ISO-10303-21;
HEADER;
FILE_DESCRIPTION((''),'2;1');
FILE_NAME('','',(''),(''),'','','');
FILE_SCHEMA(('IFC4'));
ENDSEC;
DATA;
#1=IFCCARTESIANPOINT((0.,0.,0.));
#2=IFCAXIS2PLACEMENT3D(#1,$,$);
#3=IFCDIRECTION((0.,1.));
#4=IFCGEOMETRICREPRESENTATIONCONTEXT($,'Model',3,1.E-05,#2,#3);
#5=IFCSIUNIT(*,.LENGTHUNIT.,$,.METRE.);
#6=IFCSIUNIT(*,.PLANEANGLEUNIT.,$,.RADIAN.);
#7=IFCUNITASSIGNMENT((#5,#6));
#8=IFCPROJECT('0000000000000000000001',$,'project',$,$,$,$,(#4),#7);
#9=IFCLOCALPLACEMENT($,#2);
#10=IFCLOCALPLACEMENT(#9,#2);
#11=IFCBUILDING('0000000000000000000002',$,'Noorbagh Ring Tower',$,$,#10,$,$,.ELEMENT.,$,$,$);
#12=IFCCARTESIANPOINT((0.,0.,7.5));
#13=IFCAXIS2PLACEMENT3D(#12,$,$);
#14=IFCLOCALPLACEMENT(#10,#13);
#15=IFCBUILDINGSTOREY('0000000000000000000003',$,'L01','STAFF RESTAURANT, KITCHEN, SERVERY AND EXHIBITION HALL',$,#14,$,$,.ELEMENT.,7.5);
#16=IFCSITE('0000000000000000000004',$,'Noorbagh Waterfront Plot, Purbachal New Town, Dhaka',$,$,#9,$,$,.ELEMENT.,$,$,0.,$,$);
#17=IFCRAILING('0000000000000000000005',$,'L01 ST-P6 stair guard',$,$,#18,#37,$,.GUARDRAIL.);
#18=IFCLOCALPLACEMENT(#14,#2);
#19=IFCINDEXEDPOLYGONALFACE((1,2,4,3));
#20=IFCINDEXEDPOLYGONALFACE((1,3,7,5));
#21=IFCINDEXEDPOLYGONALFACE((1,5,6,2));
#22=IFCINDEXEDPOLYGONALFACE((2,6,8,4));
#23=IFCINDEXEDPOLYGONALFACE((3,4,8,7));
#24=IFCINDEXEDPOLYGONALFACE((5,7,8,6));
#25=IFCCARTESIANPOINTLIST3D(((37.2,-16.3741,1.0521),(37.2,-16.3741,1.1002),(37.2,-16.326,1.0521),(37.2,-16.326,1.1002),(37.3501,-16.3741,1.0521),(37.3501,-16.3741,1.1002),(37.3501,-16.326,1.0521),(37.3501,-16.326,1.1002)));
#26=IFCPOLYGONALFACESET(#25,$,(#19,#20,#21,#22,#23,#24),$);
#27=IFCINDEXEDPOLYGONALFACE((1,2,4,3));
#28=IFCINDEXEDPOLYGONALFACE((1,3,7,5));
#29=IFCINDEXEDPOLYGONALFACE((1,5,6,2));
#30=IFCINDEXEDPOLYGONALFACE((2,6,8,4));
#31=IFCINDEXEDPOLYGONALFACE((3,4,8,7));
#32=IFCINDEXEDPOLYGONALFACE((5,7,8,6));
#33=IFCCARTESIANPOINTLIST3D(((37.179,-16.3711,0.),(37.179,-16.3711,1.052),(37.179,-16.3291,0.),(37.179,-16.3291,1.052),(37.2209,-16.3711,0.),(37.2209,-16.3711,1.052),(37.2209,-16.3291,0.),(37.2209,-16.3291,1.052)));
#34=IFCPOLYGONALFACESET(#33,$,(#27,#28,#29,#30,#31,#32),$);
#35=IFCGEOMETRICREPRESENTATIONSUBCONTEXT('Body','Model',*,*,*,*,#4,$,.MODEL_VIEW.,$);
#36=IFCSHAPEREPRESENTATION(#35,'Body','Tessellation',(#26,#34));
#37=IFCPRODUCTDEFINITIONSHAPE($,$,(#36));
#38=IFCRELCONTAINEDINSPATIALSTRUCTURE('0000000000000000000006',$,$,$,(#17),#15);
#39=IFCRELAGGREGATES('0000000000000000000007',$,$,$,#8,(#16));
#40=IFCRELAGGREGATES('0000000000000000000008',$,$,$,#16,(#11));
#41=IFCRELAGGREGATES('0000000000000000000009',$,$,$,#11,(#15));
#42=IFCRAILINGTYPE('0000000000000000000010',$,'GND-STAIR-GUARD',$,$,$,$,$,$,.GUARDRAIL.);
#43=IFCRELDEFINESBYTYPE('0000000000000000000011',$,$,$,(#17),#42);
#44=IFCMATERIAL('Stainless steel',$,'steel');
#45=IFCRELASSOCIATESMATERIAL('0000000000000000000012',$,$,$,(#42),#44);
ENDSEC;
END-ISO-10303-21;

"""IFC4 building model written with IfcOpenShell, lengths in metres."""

from ifc_helpers import new_model, si_unit, direction, frame, origin, origin_2d, place, context, subcontext, project, spatial, rectangle, extrude, material, type_object, element, save


model = new_model("IFC4")

# Units and contexts
model_context = context("Model", 3, precision=1e-05, world=origin(), true_north=direction((0.0, 1.0)))
body_context = subcontext(model_context, "Body", "Model", "MODEL_VIEW")
ifc_project = project(units=[si_unit("LENGTHUNIT", "METRE"), si_unit("PLANEANGLEUNIT", "RADIAN")], contexts=[model_context])

# Site, building, storey
site_placement = place(None, origin())
site = spatial("IfcSite", under=ifc_project, at=site_placement, Name="Noorbagh Waterfront Plot, Purbachal New Town, Dhaka", CompositionType="ELEMENT", RefElevation=0.0)
building_placement = place(site_placement, origin())
building = spatial("IfcBuilding", under=site, at=building_placement, Name="Noorbagh Ring Tower", CompositionType="ELEMENT")
storey_placement = place(building_placement, frame((0.0, 0.0, 7.5)))
storey = spatial("IfcBuildingStorey", under=building, at=storey_placement, Name="L01", Description="STAFF RESTAURANT, KITCHEN, SERVERY AND EXHIBITION HALL", CompositionType="ELEMENT", Elevation=7.5)

# Railing
ifc_material_1 = material(Name="Stainless steel", Category="steel")
railing_type = type_object("IfcRailingType", Name="GND-STAIR-GUARD", PredefinedType="GUARDRAIL", material=ifc_material_1)
railing_1_placement = place(storey_placement, frame((37.2, -16.3501, 0.0)))
element("IfcRailing", 1, at=railing_1_placement, inside=storey, type_object=railing_type, Name="L01 ST-P6 stair guard", PredefinedType="GUARDRAIL", context=body_context, shape_type="SweptSolid", body=[
    extrude(rectangle(XDim=0.0481, YDim=0.0481, at=origin_2d()), frame((0.0, 0.0, 1.0762), z_axis=(1.0, 0.0, 0.0), x_axis=(0.0, 1.0, 0.0)), (0.0, 0.0, 1.0), 0.1501),
    extrude(rectangle(XDim=0.042, YDim=0.042, at=origin_2d()), origin(), (0.0, 0.0, 1.0), 1.052),
])

save(model, "model.ifc")
